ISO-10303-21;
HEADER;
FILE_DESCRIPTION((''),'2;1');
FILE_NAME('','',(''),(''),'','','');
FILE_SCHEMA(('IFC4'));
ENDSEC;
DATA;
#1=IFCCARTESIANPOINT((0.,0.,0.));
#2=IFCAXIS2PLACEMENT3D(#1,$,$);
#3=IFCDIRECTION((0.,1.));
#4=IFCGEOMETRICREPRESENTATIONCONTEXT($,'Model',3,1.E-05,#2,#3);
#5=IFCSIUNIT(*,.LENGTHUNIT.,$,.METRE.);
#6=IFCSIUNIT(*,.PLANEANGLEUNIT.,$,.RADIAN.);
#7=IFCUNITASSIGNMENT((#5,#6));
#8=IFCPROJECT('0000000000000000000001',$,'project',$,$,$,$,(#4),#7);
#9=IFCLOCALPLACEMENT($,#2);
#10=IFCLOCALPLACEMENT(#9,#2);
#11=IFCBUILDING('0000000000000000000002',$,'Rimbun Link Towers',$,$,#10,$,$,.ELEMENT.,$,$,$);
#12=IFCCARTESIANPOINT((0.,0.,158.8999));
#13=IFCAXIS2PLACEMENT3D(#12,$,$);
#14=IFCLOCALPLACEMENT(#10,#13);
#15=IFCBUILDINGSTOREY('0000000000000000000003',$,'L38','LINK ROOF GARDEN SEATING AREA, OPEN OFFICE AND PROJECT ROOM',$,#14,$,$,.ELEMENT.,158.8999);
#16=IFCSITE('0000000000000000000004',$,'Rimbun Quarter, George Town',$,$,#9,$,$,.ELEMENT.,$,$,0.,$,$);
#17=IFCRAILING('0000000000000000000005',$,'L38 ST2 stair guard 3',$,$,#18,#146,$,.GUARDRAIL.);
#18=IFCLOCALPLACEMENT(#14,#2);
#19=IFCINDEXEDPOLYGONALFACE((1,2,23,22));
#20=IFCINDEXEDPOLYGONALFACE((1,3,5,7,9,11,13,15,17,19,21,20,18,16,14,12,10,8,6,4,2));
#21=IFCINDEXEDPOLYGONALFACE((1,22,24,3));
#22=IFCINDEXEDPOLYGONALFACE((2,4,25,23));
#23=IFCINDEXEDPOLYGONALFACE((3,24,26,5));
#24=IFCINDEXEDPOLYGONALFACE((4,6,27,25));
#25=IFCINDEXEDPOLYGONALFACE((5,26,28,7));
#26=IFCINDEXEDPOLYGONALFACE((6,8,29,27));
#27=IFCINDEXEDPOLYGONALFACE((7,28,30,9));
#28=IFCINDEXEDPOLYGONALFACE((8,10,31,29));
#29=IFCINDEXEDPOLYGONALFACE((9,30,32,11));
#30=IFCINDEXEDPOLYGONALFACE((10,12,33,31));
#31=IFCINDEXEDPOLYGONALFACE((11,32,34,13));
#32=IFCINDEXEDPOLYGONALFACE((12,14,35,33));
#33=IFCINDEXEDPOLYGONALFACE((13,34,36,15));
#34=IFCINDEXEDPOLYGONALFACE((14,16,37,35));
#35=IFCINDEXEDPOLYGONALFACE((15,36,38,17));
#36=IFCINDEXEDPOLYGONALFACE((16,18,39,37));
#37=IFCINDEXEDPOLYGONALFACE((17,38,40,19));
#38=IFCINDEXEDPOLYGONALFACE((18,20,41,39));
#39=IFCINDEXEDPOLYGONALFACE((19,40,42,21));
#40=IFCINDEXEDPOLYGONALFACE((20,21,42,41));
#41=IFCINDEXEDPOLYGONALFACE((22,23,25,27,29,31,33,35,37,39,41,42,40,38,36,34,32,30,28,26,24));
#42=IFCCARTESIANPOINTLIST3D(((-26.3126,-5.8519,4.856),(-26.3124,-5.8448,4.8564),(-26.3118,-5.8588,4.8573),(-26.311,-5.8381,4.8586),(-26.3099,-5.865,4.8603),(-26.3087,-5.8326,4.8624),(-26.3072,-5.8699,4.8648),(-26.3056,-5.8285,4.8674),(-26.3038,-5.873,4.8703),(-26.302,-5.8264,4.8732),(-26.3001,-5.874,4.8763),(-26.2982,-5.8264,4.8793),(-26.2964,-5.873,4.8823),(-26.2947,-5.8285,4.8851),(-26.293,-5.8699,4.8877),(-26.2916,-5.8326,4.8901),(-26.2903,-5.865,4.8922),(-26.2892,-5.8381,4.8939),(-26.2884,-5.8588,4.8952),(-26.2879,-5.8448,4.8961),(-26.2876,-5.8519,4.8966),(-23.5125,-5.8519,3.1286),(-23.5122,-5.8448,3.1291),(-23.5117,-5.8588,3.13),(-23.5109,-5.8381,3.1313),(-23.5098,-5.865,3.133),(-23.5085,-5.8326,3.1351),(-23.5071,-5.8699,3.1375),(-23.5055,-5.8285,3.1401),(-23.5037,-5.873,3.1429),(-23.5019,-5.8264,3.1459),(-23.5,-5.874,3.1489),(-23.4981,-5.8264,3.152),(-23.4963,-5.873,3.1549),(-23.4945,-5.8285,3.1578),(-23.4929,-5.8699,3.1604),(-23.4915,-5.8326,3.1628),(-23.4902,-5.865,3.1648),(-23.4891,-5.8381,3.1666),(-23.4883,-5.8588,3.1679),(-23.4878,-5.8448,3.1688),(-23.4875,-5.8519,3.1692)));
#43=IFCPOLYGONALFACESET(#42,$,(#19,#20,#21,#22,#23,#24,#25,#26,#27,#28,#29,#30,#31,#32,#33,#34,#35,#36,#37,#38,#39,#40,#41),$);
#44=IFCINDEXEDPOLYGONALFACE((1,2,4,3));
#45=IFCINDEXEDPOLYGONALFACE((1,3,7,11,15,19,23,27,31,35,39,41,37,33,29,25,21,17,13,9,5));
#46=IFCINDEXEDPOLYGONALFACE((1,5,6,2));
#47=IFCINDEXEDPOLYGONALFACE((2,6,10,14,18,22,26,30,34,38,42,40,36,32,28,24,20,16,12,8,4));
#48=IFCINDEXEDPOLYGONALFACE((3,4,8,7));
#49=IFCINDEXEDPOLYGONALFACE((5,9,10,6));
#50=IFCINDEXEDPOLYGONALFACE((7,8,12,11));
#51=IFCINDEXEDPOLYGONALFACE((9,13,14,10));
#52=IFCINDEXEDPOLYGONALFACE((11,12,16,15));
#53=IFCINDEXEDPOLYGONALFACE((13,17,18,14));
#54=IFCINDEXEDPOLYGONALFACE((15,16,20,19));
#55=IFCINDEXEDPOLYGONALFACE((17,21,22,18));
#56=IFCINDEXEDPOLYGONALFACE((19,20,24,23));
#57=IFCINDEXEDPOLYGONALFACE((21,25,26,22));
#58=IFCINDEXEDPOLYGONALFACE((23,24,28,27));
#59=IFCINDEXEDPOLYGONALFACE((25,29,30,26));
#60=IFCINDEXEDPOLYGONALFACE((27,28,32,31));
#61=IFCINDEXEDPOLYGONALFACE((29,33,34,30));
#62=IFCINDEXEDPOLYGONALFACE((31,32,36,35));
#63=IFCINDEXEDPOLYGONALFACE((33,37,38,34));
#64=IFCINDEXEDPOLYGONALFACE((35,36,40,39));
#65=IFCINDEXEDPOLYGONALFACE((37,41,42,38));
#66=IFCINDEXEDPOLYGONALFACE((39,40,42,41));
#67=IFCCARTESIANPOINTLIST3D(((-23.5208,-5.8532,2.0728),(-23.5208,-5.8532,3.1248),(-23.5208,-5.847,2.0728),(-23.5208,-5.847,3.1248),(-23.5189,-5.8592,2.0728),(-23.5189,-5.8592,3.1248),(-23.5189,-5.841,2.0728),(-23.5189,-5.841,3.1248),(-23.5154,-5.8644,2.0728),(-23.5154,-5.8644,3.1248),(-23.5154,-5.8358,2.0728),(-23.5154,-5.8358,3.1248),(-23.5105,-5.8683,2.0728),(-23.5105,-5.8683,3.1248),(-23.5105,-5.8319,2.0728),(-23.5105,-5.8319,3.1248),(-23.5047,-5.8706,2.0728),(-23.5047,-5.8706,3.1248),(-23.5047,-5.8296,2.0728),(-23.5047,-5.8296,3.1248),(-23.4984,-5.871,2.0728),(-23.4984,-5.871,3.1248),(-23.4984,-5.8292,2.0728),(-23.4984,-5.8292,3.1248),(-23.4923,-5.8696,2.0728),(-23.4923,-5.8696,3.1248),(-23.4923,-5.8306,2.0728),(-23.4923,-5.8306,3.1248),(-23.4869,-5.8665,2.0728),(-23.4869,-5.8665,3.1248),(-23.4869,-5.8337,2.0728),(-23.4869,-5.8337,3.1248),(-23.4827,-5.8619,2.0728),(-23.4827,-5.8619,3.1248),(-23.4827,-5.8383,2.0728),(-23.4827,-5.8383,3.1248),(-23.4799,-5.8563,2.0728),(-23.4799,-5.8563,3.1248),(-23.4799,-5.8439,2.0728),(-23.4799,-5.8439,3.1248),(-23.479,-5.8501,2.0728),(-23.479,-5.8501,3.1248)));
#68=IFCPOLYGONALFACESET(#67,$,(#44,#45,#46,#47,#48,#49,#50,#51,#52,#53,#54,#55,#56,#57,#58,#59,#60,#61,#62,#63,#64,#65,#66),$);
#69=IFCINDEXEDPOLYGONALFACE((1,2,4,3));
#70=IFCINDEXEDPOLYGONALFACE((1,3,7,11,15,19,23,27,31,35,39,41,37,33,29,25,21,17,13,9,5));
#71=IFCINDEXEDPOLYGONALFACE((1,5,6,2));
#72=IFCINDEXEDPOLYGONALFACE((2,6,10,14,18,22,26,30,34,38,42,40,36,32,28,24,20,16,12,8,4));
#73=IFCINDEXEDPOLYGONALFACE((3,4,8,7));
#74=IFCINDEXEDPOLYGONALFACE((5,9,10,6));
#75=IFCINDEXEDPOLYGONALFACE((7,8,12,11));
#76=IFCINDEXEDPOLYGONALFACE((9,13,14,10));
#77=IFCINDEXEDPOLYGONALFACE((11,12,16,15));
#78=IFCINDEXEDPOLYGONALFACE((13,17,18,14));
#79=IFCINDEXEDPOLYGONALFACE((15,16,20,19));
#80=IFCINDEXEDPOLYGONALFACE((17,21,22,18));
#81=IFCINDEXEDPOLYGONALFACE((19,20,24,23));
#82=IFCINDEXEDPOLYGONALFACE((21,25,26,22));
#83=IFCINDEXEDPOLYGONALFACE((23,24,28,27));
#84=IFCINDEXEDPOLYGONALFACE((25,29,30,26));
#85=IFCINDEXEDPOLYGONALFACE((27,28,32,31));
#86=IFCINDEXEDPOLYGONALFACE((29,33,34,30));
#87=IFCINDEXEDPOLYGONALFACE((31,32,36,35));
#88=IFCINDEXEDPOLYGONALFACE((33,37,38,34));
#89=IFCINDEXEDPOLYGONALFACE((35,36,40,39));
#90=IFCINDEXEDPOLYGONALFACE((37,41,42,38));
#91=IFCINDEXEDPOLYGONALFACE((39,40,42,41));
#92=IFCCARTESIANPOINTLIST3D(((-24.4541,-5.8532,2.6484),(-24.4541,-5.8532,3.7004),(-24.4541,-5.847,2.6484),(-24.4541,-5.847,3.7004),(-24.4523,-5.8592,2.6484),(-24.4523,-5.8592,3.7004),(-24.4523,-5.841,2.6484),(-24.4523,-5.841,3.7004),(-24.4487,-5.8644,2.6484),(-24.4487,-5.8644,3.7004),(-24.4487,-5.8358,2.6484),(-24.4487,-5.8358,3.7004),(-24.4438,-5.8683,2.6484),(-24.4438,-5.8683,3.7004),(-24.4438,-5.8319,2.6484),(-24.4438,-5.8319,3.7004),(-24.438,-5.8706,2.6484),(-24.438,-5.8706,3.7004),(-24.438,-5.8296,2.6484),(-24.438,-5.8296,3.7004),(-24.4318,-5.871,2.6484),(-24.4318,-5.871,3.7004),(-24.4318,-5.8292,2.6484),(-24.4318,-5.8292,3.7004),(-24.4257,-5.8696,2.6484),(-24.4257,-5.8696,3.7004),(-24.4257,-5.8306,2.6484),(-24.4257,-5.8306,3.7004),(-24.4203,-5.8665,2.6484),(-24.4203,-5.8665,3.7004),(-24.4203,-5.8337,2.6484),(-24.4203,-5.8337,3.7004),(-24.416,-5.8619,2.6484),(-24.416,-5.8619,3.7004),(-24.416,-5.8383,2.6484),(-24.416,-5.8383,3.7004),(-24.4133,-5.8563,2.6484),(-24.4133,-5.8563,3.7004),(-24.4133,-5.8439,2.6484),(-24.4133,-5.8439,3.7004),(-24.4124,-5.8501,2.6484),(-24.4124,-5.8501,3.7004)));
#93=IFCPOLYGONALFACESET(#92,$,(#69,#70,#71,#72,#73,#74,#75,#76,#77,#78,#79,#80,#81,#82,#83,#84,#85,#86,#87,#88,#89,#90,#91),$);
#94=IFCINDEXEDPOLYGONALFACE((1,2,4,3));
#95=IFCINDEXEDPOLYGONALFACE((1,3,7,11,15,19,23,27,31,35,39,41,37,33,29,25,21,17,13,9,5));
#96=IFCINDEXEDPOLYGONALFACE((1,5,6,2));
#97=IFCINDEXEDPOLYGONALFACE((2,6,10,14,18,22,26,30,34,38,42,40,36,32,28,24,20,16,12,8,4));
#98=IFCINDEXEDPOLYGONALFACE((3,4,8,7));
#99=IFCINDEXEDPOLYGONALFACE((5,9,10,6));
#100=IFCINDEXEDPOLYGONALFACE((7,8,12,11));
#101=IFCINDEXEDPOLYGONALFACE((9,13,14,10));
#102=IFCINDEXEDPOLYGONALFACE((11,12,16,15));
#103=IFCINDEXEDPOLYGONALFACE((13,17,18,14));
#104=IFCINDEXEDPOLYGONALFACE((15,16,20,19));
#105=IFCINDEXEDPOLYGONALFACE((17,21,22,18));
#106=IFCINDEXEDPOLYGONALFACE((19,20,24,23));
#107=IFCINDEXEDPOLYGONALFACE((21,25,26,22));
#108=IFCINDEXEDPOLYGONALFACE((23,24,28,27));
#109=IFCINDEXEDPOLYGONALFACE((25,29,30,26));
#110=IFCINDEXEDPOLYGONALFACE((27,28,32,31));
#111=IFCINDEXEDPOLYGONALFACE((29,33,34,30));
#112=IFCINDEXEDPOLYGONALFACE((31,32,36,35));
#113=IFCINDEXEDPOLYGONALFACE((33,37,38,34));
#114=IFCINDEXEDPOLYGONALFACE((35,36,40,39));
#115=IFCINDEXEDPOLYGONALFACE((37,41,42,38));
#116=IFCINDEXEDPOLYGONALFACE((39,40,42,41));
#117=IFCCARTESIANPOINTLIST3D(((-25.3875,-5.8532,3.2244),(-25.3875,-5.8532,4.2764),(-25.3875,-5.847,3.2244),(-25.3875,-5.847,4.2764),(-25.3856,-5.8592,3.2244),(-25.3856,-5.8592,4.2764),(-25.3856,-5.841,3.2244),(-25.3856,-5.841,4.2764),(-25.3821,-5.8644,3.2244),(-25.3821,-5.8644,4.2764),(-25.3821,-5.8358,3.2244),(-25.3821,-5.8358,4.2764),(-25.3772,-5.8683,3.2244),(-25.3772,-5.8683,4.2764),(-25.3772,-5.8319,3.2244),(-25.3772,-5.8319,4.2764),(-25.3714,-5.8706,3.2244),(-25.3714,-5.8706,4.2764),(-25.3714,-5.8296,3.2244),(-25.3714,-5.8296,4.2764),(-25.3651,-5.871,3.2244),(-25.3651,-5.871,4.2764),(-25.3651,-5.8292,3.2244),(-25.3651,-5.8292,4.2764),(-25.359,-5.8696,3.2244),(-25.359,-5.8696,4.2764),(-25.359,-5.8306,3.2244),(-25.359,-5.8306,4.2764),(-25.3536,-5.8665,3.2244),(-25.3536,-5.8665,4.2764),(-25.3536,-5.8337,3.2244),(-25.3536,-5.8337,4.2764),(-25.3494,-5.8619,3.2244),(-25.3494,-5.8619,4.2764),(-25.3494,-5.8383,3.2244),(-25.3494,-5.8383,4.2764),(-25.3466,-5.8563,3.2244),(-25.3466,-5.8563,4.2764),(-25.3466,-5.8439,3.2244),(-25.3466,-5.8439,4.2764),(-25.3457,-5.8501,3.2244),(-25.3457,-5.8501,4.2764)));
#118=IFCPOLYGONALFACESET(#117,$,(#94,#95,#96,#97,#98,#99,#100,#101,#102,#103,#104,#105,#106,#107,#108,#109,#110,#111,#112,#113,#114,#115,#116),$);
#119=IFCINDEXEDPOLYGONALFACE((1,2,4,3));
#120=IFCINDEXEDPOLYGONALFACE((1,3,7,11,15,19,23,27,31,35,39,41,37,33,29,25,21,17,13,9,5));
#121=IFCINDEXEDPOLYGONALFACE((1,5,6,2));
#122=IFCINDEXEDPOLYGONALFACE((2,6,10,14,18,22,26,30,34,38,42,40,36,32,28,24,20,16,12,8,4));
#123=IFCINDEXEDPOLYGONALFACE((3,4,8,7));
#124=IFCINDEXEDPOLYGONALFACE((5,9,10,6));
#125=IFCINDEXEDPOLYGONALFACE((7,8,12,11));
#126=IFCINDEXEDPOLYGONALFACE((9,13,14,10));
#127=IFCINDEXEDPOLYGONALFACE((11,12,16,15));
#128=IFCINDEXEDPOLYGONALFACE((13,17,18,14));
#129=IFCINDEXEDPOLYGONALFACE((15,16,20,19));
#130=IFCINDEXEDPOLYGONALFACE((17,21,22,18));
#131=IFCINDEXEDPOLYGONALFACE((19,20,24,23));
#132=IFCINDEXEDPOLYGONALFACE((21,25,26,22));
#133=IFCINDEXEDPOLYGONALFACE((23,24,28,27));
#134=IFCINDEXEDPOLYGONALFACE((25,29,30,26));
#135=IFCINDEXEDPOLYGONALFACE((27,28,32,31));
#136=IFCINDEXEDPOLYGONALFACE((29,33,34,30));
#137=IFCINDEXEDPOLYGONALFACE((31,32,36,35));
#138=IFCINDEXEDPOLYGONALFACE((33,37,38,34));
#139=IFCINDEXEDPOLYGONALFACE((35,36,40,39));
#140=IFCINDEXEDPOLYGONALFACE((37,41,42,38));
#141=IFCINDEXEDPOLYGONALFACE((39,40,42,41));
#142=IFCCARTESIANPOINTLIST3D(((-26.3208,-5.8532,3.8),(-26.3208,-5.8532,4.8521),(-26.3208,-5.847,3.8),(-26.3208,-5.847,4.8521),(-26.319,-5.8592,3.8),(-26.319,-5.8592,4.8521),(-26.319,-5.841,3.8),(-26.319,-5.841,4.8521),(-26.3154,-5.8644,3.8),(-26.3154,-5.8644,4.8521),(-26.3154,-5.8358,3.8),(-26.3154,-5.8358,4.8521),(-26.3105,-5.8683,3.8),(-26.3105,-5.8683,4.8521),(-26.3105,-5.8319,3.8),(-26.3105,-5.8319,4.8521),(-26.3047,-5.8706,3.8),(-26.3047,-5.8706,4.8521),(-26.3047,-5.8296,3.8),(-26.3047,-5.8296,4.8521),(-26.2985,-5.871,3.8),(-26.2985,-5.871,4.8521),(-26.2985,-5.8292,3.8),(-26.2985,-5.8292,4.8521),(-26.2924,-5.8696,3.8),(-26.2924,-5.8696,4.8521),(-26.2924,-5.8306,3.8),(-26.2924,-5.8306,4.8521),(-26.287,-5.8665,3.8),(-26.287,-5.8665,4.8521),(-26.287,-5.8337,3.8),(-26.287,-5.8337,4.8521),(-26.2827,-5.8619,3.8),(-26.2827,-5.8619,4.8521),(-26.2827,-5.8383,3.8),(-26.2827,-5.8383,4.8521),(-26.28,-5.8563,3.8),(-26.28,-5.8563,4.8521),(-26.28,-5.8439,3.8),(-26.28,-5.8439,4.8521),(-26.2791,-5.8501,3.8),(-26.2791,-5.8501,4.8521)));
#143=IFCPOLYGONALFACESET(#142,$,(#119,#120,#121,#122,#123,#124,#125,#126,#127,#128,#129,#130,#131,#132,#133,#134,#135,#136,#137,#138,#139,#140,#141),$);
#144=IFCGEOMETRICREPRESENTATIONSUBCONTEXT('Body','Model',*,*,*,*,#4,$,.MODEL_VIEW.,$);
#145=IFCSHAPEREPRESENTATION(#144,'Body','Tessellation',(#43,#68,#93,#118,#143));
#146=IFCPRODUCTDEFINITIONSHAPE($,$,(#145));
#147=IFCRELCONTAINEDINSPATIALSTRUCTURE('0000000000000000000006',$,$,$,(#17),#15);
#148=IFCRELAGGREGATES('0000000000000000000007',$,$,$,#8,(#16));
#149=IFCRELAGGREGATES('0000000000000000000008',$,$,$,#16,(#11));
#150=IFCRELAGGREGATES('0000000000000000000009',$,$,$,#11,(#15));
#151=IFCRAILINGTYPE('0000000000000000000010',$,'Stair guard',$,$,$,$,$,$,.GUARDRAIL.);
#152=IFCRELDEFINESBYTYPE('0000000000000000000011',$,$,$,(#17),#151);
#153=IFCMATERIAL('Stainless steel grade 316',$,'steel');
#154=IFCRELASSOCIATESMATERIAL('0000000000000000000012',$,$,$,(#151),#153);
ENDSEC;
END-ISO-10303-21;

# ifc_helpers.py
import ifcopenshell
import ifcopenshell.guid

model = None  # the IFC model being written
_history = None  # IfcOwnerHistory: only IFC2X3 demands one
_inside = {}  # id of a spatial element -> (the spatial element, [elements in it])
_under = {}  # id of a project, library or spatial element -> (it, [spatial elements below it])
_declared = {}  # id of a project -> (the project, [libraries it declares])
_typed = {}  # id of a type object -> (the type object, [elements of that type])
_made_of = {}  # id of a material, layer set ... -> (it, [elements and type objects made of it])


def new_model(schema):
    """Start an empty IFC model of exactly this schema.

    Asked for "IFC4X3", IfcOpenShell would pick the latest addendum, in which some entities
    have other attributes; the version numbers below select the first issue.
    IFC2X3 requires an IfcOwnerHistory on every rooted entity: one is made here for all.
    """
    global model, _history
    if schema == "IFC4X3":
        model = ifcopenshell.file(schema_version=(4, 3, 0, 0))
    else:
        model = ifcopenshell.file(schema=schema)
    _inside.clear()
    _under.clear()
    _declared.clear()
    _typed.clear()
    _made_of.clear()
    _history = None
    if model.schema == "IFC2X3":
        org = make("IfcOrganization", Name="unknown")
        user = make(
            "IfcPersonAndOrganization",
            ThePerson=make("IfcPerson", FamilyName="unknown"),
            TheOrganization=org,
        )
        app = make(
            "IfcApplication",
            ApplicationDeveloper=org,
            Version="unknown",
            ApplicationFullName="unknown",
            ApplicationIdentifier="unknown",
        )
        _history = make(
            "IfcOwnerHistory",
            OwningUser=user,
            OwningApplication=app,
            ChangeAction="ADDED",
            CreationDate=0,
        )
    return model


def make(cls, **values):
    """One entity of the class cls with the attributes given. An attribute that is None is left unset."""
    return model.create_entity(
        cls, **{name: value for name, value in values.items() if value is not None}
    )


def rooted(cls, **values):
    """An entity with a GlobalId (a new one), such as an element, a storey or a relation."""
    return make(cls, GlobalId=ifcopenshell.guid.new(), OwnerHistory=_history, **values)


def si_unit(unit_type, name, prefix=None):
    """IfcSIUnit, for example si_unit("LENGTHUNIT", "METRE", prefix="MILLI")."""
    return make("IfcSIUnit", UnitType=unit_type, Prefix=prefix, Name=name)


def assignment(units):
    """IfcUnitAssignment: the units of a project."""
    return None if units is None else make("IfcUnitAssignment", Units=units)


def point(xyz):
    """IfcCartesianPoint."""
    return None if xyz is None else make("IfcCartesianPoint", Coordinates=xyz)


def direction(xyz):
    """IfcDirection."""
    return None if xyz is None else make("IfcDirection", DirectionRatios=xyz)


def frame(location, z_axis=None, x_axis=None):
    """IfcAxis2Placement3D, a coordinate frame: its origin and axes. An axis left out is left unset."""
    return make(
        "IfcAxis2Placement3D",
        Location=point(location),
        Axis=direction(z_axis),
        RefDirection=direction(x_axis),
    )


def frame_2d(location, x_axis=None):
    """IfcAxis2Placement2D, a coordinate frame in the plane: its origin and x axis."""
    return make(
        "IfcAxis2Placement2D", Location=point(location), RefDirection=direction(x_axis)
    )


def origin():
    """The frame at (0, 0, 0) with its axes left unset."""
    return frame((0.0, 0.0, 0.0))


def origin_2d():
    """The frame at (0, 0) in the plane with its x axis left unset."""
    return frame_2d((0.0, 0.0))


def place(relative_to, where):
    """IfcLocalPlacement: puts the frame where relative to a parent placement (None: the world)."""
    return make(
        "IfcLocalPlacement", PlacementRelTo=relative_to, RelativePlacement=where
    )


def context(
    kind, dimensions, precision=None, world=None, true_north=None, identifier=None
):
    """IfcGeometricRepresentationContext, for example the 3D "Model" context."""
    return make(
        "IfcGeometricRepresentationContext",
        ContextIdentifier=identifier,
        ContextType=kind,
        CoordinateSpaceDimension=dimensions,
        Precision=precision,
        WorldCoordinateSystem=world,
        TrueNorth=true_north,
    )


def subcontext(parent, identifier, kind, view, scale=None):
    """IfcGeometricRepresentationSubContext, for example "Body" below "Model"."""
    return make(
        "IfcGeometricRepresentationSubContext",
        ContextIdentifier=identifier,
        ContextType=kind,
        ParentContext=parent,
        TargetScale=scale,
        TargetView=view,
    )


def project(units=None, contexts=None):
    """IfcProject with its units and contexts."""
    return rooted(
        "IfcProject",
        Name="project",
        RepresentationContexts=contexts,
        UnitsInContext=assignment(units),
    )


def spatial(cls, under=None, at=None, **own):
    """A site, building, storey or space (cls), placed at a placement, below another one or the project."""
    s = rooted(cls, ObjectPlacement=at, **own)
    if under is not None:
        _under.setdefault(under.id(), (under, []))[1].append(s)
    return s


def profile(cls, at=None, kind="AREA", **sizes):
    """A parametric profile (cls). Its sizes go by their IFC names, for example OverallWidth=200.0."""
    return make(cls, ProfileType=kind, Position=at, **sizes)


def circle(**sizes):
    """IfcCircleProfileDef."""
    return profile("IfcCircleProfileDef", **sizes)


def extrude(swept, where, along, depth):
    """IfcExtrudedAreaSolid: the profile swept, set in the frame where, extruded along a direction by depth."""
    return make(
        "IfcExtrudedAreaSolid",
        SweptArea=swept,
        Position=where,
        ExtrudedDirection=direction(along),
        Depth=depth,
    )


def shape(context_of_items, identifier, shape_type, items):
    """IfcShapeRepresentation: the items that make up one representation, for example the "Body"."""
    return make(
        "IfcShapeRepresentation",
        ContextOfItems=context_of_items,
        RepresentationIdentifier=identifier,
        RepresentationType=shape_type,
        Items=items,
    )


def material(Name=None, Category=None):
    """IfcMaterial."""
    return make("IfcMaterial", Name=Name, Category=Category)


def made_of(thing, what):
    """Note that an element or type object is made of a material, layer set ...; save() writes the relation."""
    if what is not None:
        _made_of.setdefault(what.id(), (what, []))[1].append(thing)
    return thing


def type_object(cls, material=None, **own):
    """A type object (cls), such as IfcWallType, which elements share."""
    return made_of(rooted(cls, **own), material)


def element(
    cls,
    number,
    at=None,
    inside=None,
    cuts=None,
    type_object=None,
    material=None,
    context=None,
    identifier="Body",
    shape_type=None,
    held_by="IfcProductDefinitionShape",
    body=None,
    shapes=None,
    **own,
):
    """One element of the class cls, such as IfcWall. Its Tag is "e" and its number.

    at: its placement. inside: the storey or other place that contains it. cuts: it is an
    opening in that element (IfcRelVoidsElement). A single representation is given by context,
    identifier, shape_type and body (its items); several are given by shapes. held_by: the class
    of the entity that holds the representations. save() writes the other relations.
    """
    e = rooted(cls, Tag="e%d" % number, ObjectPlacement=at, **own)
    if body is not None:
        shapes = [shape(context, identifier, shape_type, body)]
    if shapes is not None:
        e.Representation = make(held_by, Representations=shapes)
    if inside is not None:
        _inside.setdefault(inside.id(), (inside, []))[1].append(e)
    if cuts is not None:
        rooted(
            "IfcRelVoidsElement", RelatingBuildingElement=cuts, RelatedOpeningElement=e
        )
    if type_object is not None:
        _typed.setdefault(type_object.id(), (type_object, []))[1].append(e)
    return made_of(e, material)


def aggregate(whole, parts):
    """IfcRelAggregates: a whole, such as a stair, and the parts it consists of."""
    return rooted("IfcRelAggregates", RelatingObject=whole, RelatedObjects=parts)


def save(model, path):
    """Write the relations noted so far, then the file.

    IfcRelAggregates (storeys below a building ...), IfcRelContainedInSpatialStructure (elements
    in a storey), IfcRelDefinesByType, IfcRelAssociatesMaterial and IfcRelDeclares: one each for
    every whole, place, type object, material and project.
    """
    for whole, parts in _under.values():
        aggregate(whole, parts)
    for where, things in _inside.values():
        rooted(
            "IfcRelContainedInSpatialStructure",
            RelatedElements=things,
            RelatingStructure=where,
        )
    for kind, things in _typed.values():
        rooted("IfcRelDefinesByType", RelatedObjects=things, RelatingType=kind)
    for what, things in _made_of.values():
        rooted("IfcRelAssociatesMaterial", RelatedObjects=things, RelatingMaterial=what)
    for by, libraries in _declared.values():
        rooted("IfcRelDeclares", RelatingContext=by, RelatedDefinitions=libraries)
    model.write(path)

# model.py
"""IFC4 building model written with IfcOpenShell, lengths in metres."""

from ifc_helpers import new_model, si_unit, direction, frame, origin, origin_2d, place, context, subcontext, project, spatial, circle, extrude, material, type_object, element, save


model = new_model("IFC4")

# Units and contexts
model_context = context("Model", 3, precision=1e-05, world=origin(), true_north=direction((0.0, 1.0)))
body_context = subcontext(model_context, "Body", "Model", "MODEL_VIEW")
ifc_project = project(units=[si_unit("LENGTHUNIT", "METRE"), si_unit("PLANEANGLEUNIT", "RADIAN")], contexts=[model_context])

# Site, building, storey
site_placement = place(None, origin())
site = spatial("IfcSite", under=ifc_project, at=site_placement, Name="Rimbun Quarter, George Town", CompositionType="ELEMENT", RefElevation=0.0)
building_placement = place(site_placement, origin())
building = spatial("IfcBuilding", under=site, at=building_placement, Name="Rimbun Link Towers", CompositionType="ELEMENT")
storey_placement = place(building_placement, frame((0.0, 0.0, 158.8999)))
storey = spatial("IfcBuildingStorey", under=building, at=storey_placement, Name="L38", Description="LINK ROOF GARDEN SEATING AREA, OPEN OFFICE AND PROJECT ROOM", CompositionType="ELEMENT", Elevation=158.8999)

# Railing
ifc_material_1 = material(Name="Stainless steel grade 316", Category="steel")
railing_type_1 = type_object("IfcRailingType", Name="Stair guard", PredefinedType="GUARDRAIL", material=ifc_material_1)
railing_1_placement = place(storey_placement, frame((-23.5, -5.8501, 2.0728)))
element("IfcRailing", 1, at=railing_1_placement, inside=storey, type_object=railing_type_1, Name="L38 ST2 stair guard 3", PredefinedType="GUARDRAIL", context=body_context, shape_type="SweptSolid", body=[
    extrude(circle(Radius=0.0239, at=origin_2d()), frame((0.0, 0.0, 1.0762), z_axis=(-0.85109, 0.0, 0.52502), x_axis=(0.0, -1.0, 0.0)), (0.0, 0.0, 1.0), 3.29),
    extrude(circle(Radius=0.021, at=origin_2d()), origin(), (0.0, 0.0, 1.0), 1.052),
    extrude(circle(Radius=0.021, at=origin_2d()), frame((-0.9333, 0.0, 0.5757)), (0.0, 0.0, 1.0), 1.052),
    extrude(circle(Radius=0.021, at=origin_2d()), frame((-1.8667, 0.0, 1.1516)), (0.0, 0.0, 1.0), 1.052),
    extrude(circle(Radius=0.021, at=origin_2d()), frame((-2.8, 0.0, 1.7273)), (0.0, 0.0, 1.0), 1.052),
])

save(model, "model.ifc")
